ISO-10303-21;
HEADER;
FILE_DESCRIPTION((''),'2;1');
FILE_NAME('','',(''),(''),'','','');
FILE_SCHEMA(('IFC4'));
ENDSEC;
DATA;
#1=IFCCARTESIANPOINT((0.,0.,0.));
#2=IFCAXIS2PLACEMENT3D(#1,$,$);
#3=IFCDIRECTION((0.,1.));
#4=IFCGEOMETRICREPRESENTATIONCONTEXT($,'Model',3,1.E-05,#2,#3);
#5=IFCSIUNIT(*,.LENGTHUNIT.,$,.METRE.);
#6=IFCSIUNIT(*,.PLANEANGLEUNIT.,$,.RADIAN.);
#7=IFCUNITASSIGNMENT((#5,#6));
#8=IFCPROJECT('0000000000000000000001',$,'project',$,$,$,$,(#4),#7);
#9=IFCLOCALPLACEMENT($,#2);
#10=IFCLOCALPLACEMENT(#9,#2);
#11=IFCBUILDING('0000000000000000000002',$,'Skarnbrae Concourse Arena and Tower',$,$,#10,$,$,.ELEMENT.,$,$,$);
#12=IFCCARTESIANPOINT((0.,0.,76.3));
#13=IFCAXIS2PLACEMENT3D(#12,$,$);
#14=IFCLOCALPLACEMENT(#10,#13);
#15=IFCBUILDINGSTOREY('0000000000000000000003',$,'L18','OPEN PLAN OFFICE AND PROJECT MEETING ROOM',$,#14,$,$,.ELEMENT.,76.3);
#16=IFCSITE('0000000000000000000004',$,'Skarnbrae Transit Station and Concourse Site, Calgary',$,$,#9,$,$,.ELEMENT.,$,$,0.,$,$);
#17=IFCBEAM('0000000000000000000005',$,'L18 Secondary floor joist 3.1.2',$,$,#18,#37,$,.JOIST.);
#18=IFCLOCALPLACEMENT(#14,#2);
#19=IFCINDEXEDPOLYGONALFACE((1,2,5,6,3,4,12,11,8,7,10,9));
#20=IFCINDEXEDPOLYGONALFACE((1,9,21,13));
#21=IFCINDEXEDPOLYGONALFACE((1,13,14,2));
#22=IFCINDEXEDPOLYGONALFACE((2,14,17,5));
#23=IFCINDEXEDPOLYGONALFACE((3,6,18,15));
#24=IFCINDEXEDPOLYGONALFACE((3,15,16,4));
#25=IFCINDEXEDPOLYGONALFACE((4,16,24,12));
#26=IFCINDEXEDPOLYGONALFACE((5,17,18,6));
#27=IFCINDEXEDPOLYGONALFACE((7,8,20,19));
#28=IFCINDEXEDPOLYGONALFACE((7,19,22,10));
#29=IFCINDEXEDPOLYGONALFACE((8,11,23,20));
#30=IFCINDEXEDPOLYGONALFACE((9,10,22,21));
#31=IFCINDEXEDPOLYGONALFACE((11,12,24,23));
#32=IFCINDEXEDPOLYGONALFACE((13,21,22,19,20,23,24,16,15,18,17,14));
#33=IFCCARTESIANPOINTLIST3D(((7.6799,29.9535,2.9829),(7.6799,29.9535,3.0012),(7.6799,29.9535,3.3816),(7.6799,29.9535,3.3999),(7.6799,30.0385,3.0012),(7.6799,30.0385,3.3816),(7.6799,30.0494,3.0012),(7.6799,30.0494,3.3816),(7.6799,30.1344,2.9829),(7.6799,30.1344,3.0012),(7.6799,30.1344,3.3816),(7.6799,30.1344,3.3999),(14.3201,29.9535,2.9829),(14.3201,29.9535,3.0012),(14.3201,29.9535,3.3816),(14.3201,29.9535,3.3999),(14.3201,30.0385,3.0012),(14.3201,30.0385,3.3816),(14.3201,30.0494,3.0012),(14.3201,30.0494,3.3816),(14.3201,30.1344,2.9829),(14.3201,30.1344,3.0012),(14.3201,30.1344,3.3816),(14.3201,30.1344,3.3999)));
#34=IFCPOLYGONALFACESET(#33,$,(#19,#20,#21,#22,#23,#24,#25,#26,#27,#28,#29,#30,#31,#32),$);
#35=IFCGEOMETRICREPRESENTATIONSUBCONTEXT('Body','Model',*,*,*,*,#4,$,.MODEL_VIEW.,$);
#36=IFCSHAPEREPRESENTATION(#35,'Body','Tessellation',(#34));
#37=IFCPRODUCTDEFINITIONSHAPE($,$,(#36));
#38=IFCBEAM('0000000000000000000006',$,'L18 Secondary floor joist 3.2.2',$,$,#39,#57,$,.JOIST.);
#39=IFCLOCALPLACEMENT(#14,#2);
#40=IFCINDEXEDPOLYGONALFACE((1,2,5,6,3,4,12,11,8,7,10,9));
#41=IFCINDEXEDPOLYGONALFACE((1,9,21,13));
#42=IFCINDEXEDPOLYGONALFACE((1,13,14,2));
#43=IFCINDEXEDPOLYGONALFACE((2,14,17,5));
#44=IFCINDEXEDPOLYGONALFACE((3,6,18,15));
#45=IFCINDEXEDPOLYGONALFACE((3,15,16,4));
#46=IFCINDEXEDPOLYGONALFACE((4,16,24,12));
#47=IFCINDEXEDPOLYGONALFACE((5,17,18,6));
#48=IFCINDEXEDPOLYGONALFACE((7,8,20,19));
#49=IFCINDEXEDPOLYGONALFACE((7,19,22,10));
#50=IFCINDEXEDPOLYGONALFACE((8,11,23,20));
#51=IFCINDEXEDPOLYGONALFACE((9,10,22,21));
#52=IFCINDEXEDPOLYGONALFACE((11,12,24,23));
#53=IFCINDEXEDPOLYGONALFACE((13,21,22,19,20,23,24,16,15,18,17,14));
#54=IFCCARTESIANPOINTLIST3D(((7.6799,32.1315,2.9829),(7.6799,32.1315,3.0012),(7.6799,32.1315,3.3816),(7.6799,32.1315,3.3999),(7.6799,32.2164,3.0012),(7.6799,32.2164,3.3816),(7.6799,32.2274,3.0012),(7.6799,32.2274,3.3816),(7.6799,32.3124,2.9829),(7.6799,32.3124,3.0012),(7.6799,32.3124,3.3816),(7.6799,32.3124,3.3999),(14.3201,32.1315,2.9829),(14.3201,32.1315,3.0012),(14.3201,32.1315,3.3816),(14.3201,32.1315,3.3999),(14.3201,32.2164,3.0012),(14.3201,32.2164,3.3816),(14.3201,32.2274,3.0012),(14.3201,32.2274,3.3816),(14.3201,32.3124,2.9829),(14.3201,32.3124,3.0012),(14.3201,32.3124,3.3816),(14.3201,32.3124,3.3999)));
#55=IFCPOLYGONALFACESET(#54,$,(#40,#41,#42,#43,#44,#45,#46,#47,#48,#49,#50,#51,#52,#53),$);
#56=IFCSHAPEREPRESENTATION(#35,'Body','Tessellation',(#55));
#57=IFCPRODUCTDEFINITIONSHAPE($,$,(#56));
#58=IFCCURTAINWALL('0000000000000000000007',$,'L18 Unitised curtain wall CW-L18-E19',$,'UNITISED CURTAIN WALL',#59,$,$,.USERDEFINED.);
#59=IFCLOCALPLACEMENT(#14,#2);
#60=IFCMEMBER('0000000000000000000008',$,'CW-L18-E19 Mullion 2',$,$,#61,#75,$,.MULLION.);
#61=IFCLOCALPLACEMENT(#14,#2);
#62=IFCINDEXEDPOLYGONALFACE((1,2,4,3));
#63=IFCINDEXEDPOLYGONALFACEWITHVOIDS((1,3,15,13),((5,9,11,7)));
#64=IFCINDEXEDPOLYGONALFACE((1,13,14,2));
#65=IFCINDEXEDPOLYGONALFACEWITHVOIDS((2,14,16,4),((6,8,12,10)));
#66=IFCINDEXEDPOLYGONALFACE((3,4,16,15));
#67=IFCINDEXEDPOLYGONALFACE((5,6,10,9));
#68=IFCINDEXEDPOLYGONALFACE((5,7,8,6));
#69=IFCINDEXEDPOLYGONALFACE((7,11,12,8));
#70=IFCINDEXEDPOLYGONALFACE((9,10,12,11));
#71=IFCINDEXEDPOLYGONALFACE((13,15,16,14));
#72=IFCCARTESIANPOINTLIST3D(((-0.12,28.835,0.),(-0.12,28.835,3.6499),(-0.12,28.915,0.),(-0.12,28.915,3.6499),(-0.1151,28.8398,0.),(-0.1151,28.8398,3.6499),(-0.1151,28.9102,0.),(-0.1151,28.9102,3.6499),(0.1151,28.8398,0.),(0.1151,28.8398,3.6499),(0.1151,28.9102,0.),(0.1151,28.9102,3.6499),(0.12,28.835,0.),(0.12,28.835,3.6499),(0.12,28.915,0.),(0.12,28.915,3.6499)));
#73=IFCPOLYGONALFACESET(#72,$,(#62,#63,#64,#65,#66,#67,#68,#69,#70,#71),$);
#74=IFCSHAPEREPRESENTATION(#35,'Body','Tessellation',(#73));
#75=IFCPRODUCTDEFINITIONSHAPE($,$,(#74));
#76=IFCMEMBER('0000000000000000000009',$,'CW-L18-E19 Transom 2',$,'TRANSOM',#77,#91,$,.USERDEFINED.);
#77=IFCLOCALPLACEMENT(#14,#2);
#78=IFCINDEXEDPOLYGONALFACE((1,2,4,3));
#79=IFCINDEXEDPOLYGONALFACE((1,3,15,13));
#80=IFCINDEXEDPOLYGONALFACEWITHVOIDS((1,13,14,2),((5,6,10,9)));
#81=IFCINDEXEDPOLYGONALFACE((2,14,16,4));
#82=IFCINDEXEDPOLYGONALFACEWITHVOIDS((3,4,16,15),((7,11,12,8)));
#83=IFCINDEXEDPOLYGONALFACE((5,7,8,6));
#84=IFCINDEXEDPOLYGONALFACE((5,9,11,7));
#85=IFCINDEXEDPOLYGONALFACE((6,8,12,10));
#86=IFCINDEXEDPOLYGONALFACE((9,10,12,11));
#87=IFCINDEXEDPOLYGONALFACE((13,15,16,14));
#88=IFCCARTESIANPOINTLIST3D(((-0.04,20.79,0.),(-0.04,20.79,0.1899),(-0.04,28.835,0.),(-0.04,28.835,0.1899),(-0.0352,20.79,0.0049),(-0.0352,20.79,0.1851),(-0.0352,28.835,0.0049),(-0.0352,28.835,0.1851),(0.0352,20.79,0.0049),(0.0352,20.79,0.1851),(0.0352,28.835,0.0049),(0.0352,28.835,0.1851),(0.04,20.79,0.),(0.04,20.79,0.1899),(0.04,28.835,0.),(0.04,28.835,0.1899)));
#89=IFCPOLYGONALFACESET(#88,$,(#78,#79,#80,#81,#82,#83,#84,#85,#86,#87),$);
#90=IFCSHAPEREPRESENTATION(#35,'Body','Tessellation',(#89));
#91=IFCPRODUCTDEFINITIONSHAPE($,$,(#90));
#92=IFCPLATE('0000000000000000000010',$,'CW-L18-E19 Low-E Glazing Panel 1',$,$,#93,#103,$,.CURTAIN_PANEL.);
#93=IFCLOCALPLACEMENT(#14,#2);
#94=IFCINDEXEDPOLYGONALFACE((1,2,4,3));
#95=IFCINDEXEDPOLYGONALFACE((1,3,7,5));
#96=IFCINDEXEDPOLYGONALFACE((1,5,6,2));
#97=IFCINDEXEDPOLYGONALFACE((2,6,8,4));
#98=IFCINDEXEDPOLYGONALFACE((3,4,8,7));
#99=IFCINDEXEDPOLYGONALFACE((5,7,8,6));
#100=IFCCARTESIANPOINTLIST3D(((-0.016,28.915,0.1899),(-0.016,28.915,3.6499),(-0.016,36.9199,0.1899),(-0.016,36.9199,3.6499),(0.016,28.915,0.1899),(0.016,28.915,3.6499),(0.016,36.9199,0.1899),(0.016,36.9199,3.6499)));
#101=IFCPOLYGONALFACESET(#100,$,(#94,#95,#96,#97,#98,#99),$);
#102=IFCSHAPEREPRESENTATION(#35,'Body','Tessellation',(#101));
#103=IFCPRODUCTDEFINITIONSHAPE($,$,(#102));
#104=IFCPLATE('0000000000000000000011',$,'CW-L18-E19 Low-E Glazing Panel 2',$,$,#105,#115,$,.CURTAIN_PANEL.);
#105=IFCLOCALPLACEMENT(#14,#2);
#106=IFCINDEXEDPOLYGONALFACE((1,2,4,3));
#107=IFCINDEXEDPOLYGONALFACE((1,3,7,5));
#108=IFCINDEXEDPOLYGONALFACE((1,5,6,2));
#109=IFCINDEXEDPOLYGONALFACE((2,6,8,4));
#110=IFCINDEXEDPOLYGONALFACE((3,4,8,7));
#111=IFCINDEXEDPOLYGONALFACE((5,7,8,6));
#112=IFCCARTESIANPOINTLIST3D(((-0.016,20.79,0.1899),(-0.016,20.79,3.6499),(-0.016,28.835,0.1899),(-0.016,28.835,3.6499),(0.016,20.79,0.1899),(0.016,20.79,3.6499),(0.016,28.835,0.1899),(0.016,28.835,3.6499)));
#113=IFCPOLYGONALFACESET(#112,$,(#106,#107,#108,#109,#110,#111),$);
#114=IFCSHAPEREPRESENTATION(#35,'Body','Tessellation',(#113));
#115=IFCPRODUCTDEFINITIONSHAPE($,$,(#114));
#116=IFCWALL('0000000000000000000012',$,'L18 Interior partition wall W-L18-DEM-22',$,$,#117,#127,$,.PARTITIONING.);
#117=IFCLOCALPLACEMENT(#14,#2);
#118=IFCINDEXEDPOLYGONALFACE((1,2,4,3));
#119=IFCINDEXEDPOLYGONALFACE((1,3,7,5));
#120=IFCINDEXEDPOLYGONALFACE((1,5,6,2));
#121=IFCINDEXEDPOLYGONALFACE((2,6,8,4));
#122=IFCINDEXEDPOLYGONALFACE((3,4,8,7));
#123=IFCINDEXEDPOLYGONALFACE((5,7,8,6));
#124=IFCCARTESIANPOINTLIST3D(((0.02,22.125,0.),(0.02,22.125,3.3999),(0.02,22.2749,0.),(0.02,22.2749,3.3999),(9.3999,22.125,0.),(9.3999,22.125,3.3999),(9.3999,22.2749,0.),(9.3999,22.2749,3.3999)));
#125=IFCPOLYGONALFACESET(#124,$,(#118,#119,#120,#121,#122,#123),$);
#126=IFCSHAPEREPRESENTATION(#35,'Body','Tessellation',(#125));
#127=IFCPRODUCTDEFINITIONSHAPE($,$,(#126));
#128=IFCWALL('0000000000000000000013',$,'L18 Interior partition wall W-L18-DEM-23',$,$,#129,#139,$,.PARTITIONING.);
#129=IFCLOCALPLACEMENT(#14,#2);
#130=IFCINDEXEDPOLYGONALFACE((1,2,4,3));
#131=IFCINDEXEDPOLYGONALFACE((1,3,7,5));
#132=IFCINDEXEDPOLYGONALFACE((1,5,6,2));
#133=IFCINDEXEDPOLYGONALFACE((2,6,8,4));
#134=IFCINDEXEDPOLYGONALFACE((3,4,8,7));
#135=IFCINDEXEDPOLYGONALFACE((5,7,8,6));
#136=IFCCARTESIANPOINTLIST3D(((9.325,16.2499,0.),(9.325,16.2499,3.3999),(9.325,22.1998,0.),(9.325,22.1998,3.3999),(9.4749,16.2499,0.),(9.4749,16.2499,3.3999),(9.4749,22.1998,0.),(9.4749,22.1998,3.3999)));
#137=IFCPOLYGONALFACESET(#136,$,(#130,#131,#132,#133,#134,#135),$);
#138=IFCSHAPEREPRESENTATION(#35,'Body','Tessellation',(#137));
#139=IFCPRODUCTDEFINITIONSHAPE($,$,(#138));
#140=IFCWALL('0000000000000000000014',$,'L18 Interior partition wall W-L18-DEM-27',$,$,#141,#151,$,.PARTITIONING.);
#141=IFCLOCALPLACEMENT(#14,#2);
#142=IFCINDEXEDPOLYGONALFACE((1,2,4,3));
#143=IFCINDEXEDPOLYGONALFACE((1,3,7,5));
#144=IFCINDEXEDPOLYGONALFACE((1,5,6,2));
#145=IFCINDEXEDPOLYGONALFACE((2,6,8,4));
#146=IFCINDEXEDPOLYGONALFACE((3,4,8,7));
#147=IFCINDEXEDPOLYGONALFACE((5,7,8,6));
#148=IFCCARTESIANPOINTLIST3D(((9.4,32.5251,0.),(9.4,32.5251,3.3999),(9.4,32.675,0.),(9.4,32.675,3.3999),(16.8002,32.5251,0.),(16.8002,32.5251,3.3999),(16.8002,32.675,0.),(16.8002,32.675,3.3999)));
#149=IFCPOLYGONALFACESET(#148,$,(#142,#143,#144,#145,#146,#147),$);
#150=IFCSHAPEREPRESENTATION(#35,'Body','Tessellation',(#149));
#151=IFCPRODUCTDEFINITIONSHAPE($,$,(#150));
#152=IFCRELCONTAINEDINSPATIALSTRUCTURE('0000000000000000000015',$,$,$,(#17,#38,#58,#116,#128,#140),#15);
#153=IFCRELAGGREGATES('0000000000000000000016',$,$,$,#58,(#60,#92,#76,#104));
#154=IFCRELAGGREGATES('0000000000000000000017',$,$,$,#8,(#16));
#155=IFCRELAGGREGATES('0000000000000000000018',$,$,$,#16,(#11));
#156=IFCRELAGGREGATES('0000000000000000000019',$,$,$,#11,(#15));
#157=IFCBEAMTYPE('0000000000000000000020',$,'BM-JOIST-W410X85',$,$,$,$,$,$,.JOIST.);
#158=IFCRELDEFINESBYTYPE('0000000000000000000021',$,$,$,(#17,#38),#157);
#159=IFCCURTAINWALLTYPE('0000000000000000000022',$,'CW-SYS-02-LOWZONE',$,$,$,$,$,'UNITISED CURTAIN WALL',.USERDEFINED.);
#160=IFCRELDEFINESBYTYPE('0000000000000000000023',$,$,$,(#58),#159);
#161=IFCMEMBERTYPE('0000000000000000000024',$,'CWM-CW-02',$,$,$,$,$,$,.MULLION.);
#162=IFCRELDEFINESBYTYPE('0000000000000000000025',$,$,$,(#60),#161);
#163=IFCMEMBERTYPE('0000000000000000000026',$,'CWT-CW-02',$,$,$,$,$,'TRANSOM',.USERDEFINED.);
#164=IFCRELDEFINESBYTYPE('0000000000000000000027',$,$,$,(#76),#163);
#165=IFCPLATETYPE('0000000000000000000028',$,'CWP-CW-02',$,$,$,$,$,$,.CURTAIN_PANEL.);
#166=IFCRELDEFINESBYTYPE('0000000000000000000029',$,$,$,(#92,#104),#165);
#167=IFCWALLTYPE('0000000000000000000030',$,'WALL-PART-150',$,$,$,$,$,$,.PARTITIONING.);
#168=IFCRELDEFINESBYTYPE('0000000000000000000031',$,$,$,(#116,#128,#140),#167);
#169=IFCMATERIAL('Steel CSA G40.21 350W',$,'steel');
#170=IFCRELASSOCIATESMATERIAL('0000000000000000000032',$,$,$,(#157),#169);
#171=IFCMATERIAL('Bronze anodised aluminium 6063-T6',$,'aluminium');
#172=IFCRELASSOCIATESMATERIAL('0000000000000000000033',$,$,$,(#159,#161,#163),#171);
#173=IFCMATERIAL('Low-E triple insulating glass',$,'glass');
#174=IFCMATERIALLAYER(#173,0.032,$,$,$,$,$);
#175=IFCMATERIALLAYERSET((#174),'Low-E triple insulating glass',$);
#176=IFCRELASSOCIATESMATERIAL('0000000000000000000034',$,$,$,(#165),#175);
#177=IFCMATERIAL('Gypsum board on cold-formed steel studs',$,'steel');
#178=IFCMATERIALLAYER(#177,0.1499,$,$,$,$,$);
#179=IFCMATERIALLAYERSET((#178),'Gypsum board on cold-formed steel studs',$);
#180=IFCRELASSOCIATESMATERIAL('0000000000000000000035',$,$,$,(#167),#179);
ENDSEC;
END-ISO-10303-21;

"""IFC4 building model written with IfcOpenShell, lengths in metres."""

from ifc_helpers import new_model, si_unit, direction, frame, frame_2d, origin, origin_2d, place, context, subcontext, project, spatial, rectangle, hollow_rectangle, i_section, extrude, source, transform, mapped, material, layer, layer_set, material_profile, profile_set, type_object, element, aggregate, save


model = new_model("IFC4")

# Units and contexts
model_context = context("Model", 3, precision=1e-05, world=origin(), true_north=direction((0.0, 1.0)))
body_context = subcontext(model_context, "Body", "Model", "MODEL_VIEW")
ifc_project = project(units=[si_unit("LENGTHUNIT", "METRE"), si_unit("PLANEANGLEUNIT", "RADIAN")], contexts=[model_context])

# Site, building, storey
site_placement = place(None, origin())
site = spatial("IfcSite", under=ifc_project, at=site_placement, Name="Skarnbrae Transit Station and Concourse Site, Calgary", CompositionType="ELEMENT", RefElevation=0.0)
building_placement = place(site_placement, origin())
building = spatial("IfcBuilding", under=site, at=building_placement, Name="Skarnbrae Concourse Arena and Tower", CompositionType="ELEMENT")
storey_placement = place(building_placement, frame((0.0, 0.0, 76.3)))
storey = spatial("IfcBuildingStorey", under=building, at=storey_placement, Name="L18", Description="OPEN PLAN OFFICE AND PROJECT MEETING ROOM", CompositionType="ELEMENT", Elevation=76.3)

# Shared definitions
ifc_material_1 = material(Name="Steel CSA G40.21 350W", Category="steel")

# Beams
ifc_material_profile_1 = material_profile(ifc_material_1, i_section(OverallWidth=0.1809, OverallDepth=0.417, WebThickness=0.011, FlangeThickness=0.0183, at=origin_2d()), Name="W410X85")
ifc_profile_set_1 = profile_set([ifc_material_profile_1], Name="Steel CSA G40.21 350W")
beam_type_1 = type_object("IfcBeamType", Name="BM-JOIST-W410X85", PredefinedType="JOIST", material=ifc_profile_set_1)
shared_shape_1 = source(origin(), body_context, "Body", "SweptSolid", [
    extrude(i_section(OverallWidth=0.1809, OverallDepth=0.417, WebThickness=0.011, FlangeThickness=0.0183, at=origin_2d()), origin(), (0.0, 0.0, 1.0), 6.6401),
])
for number, where, z_axis, x_axis, name in (
    (1, (7.6799, 30.0439, 3.1914), (1.0, 0.0, 0.0), (0.0, 1.0, 0.0), "L18 Secondary floor joist 3.1.2"),
    (2, (7.6799, 32.2219, 3.1914), (1.0, 0.0, 0.0), (0.0, 1.0, 0.0), "L18 Secondary floor joist 3.2.2"),
):
    element("IfcBeam", number, at=place(storey_placement, frame(where, z_axis=z_axis, x_axis=x_axis)), inside=storey, type_object=beam_type_1, Name=name, PredefinedType="JOIST", context=body_context, shape_type="MappedRepresentation", body=[
        mapped(shared_shape_1, transform((0.0, 0.0, 0.0))),
    ])

# Curtain wall, members, plates
ifc_material_2 = material(Name="Bronze anodised aluminium 6063-T6", Category="aluminium")
curtain_wall_type = type_object("IfcCurtainWallType", Name="CW-SYS-02-LOWZONE", ElementType="UNITISED CURTAIN WALL", PredefinedType="USERDEFINED", material=ifc_material_2)
curtain_wall_placement = place(storey_placement, origin())
curtain_wall = element("IfcCurtainWall", 3, at=curtain_wall_placement, inside=storey, type_object=curtain_wall_type, Name="L18 Unitised curtain wall CW-L18-E19", ObjectType="UNITISED CURTAIN WALL", PredefinedType="USERDEFINED")
ifc_material_profile_2 = material_profile(ifc_material_2, hollow_rectangle(XDim=0.0801, YDim=0.24, WallThickness=0.0049, at=origin_2d()), Name="ALU-MULL-80X240")
ifc_profile_set_2 = profile_set([ifc_material_profile_2], Name="Bronze anodised aluminium 6063-T6")
member_type_1 = type_object("IfcMemberType", Name="CWM-CW-02", PredefinedType="MULLION", material=ifc_profile_set_2)
shared_shape_2 = source(origin(), body_context, "Body", "SweptSolid", [
    extrude(hollow_rectangle(XDim=0.0801, YDim=0.24, WallThickness=0.0049, at=origin_2d()), origin(), (0.0, 0.0, 1.0), 3.6499),
])
member_1_placement = place(storey_placement, frame((0.0, 28.875, 0.0), z_axis=(0.0, 0.0, 1.0), x_axis=(0.0, -1.0, 0.0)))
member_1 = element("IfcMember", 4, at=member_1_placement, type_object=member_type_1, Name="CW-L18-E19 Mullion 2", PredefinedType="MULLION", context=body_context, shape_type="MappedRepresentation", body=[
    mapped(shared_shape_2, transform((0.0, 0.0, 0.0))),
])
ifc_material_profile_3 = material_profile(ifc_material_2, hollow_rectangle(XDim=0.0801, YDim=0.1899, WallThickness=0.0049, at=origin_2d()), Name="ALU-TRAN-80X190")
ifc_profile_set_3 = profile_set([ifc_material_profile_3], Name="Bronze anodised aluminium 6063-T6")
member_type_2 = type_object("IfcMemberType", Name="CWT-CW-02", ElementType="TRANSOM", PredefinedType="USERDEFINED", material=ifc_profile_set_3)
shared_shape_3 = source(origin(), body_context, "Body", "SweptSolid", [
    extrude(hollow_rectangle(XDim=0.0801, YDim=0.1899, WallThickness=0.0049, at=origin_2d()), origin(), (0.0, 0.0, 1.0), 8.0449),
])
member_2_placement = place(storey_placement, frame((0.0, 28.835, 0.095), z_axis=(0.0, -1.0, 0.0), x_axis=(1.0, 0.0, 0.0)))
member_2 = element("IfcMember", 5, at=member_2_placement, type_object=member_type_2, Name="CW-L18-E19 Transom 2", ObjectType="TRANSOM", PredefinedType="USERDEFINED", context=body_context, shape_type="MappedRepresentation", body=[
    mapped(shared_shape_3, transform((0.0, 0.0, 0.0))),
])
ifc_material_3 = material(Name="Low-E triple insulating glass", Category="glass")
ifc_layer_1 = layer(ifc_material_3, 0.032)
ifc_layer_set_1 = layer_set([ifc_layer_1], Name="Low-E triple insulating glass")
plate_type = type_object("IfcPlateType", Name="CWP-CW-02", PredefinedType="CURTAIN_PANEL", material=ifc_layer_set_1)
shared_shape_4 = source(origin(), body_context, "Body", "SweptSolid", [
    extrude(rectangle(XDim=8.0049, YDim=0.032, at=origin_2d()), origin(), (0.0, 0.0, 1.0), 3.46),
])
plate_1_placement = place(storey_placement, frame((0.0, 32.9175, 0.1899), z_axis=(0.0, 0.0, 1.0), x_axis=(0.0, -1.0, 0.0)))
plate_1 = element("IfcPlate", 6, at=plate_1_placement, type_object=plate_type, Name="CW-L18-E19 Low-E Glazing Panel 1", PredefinedType="CURTAIN_PANEL", context=body_context, shape_type="MappedRepresentation", body=[
    mapped(shared_shape_4, transform((0.0, 0.0, 0.0))),
])
shared_shape_5 = source(origin(), body_context, "Body", "SweptSolid", [
    extrude(rectangle(XDim=8.0449, YDim=0.032, at=origin_2d()), origin(), (0.0, 0.0, 1.0), 3.46),
])
plate_2_placement = place(storey_placement, frame((0.0, 24.8125, 0.1899), z_axis=(0.0, 0.0, 1.0), x_axis=(0.0, -1.0, 0.0)))
plate_2 = element("IfcPlate", 7, at=plate_2_placement, type_object=plate_type, Name="CW-L18-E19 Low-E Glazing Panel 2", PredefinedType="CURTAIN_PANEL", context=body_context, shape_type="MappedRepresentation", body=[
    mapped(shared_shape_5, transform((0.0, 0.0, 0.0))),
])
aggregate(curtain_wall, [member_1, plate_1, member_2, plate_2])

# Walls
ifc_material_4 = material(Name="Gypsum board on cold-formed steel studs", Category="steel")
ifc_layer_2 = layer(ifc_material_4, 0.1499)
ifc_layer_set_2 = layer_set([ifc_layer_2], Name="Gypsum board on cold-formed steel studs")
wall_type = type_object("IfcWallType", Name="WALL-PART-150", PredefinedType="PARTITIONING", material=ifc_layer_set_2)
shared_shape_6 = source(origin(), body_context, "Body", "SweptSolid", [
    extrude(rectangle(XDim=9.3799, YDim=0.1499, at=frame_2d((4.6899, 0.0))), origin(), (0.0, 0.0, 1.0), 3.3999),
])
wall_1_placement = place(storey_placement, frame((0.02, 22.2, 0.0), z_axis=(0.0, 0.0, 1.0), x_axis=(1.0, 0.0, 0.0)))
element("IfcWall", 8, at=wall_1_placement, inside=storey, type_object=wall_type, Name="L18 Interior partition wall W-L18-DEM-22", PredefinedType="PARTITIONING", context=body_context, shape_type="MappedRepresentation", body=[
    mapped(shared_shape_6, transform((0.0, 0.0, 0.0))),
])
shared_shape_7 = source(origin(), body_context, "Body", "SweptSolid", [
    extrude(rectangle(XDim=5.95, YDim=0.1499, at=frame_2d((2.9751, 0.0))), origin(), (0.0, 0.0, 1.0), 3.3999),
])
wall_2_placement = place(storey_placement, frame((9.3999, 22.2, 0.0), z_axis=(0.0, 0.0, 1.0), x_axis=(0.0, -1.0, 0.0)))
element("IfcWall", 9, at=wall_2_placement, inside=storey, type_object=wall_type, Name="L18 Interior partition wall W-L18-DEM-23", PredefinedType="PARTITIONING", context=body_context, shape_type="MappedRepresentation", body=[
    mapped(shared_shape_7, transform((0.0, 0.0, 0.0))),
])
shared_shape_8 = source(origin(), body_context, "Body", "SweptSolid", [
    extrude(rectangle(XDim=7.4001, YDim=0.1499, at=frame_2d((3.7002, 0.0))), origin(), (0.0, 0.0, 1.0), 3.3999),
])
wall_3_placement = place(storey_placement, frame((9.3999, 32.6001, 0.0), z_axis=(0.0, 0.0, 1.0), x_axis=(1.0, 0.0, 0.0)))
element("IfcWall", 10, at=wall_3_placement, inside=storey, type_object=wall_type, Name="L18 Interior partition wall W-L18-DEM-27", PredefinedType="PARTITIONING", context=body_context, shape_type="MappedRepresentation", body=[
    mapped(shared_shape_8, transform((0.0, 0.0, 0.0))),
])

save(model, "model.ifc")
